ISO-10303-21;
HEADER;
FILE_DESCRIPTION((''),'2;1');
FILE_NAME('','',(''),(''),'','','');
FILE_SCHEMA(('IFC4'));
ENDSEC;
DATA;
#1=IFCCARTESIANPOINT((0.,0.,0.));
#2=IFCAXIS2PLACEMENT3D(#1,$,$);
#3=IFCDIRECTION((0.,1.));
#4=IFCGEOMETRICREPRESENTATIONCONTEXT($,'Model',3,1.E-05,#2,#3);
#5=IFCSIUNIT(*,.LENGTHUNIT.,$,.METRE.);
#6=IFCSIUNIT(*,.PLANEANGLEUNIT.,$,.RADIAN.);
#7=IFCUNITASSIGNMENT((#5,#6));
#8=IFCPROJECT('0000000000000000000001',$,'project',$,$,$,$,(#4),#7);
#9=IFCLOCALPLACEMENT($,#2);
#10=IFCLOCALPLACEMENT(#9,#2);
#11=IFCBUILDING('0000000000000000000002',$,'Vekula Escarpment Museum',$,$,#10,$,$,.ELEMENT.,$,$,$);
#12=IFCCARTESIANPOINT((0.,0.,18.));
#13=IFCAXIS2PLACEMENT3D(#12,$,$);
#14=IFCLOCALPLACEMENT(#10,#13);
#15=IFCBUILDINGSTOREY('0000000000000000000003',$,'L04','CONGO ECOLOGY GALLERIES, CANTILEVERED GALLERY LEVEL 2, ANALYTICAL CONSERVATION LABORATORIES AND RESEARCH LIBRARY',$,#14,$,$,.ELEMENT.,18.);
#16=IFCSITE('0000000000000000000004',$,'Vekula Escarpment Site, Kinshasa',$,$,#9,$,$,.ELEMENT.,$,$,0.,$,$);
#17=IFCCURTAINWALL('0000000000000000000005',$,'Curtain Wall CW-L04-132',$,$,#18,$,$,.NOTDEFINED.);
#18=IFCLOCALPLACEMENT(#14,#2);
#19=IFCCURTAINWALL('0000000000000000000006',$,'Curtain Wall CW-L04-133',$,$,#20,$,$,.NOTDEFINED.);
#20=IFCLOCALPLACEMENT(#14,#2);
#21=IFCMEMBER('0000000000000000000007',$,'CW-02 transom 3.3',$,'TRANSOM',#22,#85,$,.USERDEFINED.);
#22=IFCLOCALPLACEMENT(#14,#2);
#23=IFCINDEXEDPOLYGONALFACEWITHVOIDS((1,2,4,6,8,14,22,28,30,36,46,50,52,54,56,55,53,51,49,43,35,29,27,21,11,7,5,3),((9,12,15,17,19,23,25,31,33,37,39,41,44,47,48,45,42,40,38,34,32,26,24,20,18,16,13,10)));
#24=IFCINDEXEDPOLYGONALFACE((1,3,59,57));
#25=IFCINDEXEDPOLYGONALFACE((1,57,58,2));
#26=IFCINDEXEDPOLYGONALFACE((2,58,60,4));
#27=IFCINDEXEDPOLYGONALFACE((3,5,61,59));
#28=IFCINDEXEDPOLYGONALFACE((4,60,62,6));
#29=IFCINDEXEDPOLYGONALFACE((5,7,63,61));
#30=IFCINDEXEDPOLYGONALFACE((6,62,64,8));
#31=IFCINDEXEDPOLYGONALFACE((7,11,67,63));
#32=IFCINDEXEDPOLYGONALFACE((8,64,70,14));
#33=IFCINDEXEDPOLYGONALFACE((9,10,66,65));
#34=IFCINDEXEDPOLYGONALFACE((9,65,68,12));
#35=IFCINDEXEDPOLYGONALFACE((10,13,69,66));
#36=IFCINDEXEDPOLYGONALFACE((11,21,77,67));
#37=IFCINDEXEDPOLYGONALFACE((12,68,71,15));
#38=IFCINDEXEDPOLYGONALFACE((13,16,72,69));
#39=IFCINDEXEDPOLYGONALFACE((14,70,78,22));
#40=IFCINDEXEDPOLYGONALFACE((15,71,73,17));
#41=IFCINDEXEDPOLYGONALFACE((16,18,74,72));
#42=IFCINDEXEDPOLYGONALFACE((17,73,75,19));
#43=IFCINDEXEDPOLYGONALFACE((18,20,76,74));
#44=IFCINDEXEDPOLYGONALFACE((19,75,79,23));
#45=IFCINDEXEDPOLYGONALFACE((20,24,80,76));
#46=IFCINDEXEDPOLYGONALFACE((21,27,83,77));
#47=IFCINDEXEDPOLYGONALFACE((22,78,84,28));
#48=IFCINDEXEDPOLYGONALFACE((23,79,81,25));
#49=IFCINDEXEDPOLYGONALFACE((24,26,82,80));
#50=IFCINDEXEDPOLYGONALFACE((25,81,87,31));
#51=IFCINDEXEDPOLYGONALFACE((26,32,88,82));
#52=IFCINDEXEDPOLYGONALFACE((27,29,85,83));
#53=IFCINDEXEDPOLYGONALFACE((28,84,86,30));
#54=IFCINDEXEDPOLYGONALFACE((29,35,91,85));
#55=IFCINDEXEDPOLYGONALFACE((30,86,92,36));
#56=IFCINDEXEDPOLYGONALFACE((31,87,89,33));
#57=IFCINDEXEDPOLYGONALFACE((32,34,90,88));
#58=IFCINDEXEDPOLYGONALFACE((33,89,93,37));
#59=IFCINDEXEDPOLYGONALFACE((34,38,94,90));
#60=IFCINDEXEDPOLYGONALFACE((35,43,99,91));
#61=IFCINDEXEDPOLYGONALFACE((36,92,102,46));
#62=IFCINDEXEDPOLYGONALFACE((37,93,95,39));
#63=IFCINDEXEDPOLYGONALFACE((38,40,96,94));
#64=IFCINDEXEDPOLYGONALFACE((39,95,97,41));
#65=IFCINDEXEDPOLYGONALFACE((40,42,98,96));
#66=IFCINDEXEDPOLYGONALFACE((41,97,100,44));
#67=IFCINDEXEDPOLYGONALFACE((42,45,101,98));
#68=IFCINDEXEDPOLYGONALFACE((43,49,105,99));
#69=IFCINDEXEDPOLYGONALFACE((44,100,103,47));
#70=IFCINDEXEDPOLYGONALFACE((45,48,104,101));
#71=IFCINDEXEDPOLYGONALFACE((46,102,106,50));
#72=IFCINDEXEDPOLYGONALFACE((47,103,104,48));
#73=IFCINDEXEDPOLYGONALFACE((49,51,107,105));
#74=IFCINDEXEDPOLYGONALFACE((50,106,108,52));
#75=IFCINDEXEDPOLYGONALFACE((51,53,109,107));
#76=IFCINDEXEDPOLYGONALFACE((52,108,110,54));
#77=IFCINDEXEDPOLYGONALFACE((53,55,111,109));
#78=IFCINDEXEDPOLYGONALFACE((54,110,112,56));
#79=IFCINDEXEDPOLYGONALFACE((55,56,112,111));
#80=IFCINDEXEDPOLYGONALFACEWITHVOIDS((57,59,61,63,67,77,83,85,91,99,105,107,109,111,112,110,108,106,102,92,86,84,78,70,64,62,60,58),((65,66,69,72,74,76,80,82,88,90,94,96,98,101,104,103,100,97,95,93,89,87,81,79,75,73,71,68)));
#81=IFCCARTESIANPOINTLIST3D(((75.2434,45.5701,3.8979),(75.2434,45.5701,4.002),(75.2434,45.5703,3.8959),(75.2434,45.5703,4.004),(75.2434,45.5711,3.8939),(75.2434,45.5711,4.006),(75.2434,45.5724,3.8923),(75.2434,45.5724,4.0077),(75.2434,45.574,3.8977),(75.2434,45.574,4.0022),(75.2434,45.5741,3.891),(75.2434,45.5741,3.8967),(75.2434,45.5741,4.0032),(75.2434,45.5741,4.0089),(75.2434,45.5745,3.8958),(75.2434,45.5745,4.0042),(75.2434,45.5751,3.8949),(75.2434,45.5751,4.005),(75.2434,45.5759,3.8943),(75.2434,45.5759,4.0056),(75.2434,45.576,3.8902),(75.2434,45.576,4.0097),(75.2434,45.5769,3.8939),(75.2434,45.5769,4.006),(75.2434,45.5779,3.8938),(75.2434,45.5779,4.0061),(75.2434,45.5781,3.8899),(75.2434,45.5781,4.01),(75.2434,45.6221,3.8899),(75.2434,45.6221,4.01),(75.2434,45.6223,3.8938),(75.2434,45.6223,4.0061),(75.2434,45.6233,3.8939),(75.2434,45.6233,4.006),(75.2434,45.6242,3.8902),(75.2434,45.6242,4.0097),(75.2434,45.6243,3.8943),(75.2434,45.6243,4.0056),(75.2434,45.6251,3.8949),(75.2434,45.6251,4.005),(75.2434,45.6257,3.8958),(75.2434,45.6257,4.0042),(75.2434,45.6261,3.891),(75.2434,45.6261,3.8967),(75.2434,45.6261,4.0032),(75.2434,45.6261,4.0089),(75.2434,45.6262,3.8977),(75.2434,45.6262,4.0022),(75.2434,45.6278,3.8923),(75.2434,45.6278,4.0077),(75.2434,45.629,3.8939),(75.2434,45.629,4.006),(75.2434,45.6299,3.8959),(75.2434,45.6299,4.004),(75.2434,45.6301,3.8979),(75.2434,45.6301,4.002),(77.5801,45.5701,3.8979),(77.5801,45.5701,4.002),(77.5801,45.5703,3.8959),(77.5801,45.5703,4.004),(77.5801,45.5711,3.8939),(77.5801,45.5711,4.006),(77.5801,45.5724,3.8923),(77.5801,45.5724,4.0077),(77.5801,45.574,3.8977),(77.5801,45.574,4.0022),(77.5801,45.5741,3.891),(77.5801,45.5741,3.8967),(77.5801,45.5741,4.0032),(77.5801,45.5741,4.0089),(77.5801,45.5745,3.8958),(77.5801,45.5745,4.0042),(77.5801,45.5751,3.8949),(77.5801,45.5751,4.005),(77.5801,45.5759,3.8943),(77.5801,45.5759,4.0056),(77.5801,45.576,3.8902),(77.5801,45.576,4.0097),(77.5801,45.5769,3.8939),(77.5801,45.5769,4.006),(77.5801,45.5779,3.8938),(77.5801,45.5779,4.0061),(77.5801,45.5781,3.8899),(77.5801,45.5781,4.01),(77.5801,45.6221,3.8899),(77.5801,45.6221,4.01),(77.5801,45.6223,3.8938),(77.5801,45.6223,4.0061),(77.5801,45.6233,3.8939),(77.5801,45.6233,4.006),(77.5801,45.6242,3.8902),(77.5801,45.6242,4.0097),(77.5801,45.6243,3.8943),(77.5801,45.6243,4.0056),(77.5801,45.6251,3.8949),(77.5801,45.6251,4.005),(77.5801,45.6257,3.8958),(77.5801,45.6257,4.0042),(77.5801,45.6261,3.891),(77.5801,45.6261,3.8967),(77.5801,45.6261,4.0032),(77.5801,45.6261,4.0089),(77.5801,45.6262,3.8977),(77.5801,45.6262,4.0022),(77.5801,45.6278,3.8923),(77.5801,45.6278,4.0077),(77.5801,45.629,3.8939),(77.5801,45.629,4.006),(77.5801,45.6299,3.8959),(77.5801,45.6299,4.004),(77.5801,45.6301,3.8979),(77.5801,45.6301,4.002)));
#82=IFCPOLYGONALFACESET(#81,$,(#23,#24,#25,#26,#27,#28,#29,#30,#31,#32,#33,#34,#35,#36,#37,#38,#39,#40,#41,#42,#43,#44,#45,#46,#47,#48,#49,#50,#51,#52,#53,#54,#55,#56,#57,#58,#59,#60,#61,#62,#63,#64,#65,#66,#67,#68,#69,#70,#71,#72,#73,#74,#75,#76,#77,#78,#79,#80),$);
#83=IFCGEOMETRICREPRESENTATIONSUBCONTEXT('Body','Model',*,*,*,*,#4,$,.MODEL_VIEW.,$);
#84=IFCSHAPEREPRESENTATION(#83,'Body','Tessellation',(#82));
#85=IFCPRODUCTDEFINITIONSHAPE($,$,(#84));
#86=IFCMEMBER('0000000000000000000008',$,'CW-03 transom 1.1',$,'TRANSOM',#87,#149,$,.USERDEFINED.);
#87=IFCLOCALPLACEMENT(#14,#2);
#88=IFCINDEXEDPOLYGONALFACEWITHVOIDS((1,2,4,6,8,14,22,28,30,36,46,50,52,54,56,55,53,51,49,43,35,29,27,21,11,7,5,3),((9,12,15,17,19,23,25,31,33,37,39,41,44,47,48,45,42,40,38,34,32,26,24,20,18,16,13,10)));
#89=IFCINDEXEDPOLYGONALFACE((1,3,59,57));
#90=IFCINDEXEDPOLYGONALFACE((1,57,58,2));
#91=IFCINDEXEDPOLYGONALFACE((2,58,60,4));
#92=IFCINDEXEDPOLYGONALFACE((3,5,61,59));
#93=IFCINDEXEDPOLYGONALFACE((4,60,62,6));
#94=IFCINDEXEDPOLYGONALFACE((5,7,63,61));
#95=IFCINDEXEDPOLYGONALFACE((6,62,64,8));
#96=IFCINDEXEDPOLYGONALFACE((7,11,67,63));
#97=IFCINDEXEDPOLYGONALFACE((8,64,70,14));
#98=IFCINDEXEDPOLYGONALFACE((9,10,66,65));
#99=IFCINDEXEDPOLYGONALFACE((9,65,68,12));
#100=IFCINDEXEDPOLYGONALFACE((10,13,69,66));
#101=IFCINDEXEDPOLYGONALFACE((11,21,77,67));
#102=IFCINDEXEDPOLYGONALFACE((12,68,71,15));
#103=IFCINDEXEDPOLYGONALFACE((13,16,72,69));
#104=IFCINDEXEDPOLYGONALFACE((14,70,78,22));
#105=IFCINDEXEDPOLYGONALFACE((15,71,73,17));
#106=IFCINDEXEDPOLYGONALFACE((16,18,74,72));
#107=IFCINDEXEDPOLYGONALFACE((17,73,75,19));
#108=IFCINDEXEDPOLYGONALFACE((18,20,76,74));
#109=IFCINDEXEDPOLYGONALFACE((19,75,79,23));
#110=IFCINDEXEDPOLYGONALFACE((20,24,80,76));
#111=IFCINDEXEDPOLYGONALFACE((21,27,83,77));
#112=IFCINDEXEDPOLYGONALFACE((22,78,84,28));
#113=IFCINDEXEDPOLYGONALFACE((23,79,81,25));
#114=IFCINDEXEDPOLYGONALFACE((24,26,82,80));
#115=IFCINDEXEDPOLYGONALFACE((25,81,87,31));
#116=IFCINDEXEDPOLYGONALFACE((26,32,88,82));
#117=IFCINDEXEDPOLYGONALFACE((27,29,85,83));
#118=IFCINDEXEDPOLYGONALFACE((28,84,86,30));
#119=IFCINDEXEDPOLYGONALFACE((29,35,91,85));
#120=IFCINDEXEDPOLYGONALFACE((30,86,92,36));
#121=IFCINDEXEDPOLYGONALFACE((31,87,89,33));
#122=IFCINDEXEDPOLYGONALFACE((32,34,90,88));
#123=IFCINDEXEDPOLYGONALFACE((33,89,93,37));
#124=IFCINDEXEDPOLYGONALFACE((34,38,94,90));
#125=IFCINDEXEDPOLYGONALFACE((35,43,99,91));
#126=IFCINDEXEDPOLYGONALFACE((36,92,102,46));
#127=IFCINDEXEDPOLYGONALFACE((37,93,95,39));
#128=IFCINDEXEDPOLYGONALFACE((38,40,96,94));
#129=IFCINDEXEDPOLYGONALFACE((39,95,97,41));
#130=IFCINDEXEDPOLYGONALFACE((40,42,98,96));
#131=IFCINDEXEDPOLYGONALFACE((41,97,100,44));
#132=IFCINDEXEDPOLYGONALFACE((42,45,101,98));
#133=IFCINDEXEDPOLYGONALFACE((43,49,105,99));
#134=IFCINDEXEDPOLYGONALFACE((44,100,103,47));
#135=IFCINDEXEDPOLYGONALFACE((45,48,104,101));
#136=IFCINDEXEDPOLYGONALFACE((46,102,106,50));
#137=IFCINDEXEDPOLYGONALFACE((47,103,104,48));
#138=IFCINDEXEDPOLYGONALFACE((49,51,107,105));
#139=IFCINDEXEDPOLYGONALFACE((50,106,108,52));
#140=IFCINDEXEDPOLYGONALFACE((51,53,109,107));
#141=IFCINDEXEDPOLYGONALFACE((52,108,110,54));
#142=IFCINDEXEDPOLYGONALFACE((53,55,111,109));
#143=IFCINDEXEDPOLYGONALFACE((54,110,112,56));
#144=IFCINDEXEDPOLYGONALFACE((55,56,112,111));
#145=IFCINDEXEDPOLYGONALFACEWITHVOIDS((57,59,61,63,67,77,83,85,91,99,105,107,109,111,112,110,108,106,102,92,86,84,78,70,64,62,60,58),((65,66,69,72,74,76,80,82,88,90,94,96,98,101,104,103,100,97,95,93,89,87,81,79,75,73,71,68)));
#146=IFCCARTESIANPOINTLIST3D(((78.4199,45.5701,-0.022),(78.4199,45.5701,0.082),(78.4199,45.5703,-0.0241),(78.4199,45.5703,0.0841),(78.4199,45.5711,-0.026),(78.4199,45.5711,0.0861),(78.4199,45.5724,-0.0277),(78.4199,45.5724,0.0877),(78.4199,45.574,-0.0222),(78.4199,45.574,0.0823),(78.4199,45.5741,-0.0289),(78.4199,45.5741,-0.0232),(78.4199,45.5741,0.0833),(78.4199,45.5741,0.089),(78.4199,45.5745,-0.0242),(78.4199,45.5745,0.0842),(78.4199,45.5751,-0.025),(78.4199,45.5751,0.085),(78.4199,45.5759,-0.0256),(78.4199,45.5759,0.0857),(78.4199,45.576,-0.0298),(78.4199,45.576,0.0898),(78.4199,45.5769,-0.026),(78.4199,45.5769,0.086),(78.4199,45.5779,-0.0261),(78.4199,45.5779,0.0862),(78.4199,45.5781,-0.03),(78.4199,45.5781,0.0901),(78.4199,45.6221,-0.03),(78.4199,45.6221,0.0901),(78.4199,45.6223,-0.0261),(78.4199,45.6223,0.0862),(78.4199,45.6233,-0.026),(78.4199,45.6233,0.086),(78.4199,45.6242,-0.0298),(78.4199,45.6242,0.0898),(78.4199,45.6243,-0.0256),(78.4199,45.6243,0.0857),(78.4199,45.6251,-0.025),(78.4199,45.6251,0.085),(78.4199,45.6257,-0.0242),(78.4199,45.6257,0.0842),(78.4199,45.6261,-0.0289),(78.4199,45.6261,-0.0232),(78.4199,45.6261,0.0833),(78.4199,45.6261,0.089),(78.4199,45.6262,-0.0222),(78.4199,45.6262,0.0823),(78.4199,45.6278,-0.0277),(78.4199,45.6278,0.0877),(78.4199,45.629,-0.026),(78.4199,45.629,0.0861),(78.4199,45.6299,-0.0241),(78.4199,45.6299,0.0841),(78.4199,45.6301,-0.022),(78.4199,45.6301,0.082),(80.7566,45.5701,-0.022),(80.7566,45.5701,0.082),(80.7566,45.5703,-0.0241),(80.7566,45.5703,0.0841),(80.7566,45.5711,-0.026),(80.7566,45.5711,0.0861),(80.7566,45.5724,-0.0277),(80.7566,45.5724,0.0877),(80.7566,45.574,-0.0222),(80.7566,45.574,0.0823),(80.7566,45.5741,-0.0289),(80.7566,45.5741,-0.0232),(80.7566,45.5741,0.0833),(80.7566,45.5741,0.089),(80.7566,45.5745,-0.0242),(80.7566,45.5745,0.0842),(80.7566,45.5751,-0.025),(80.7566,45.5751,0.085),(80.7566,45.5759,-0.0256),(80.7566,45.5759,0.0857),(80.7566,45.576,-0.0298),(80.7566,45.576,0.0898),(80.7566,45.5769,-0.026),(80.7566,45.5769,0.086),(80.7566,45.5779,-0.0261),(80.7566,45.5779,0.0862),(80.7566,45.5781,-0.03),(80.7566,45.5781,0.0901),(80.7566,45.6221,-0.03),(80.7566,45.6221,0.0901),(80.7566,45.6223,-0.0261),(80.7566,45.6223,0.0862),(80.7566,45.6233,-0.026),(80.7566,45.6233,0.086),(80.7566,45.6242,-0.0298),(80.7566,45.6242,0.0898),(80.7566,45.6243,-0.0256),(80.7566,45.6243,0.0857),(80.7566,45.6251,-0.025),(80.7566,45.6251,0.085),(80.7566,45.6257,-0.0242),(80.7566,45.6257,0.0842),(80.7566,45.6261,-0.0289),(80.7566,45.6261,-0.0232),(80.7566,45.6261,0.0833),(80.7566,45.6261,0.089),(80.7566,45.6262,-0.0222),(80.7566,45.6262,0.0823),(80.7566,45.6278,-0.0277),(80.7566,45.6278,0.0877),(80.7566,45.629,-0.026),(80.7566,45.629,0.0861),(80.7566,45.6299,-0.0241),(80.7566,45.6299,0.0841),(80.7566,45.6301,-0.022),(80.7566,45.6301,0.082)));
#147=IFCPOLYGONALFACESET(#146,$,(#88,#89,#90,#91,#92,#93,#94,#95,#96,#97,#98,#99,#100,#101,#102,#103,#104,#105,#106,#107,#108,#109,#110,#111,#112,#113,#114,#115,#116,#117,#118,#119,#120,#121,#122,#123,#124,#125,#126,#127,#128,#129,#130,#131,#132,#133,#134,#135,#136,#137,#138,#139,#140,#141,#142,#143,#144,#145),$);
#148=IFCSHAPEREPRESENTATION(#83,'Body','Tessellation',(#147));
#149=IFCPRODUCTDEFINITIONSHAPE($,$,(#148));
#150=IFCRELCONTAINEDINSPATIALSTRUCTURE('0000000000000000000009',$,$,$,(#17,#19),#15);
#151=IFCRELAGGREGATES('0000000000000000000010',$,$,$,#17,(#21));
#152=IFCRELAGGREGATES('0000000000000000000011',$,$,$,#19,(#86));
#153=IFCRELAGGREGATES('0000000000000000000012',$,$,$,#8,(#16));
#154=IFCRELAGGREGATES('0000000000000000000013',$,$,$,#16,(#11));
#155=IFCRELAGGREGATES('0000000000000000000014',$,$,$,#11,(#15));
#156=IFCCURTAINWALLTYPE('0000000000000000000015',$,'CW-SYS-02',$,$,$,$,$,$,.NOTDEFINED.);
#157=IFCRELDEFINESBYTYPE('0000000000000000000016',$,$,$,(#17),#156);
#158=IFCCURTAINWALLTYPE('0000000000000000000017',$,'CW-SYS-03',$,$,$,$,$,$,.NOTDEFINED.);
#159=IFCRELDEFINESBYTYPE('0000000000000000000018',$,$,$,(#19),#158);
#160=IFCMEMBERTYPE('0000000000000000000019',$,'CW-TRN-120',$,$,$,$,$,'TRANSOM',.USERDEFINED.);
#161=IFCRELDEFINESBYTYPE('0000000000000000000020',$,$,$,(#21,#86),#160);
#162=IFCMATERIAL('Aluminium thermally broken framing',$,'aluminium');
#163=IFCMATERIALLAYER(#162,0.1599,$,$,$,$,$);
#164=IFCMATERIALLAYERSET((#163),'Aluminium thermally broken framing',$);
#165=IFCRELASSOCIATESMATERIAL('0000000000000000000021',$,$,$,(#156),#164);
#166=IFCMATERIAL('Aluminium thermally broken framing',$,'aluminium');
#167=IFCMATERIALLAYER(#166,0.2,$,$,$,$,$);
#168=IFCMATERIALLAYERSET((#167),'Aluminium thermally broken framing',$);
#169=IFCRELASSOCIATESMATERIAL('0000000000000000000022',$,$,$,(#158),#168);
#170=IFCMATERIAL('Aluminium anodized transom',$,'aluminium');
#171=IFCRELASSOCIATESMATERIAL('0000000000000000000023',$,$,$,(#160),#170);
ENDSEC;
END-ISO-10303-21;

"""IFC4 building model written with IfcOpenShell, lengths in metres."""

from ifc_helpers import new_model, si_unit, direction, frame, origin, origin_2d, place, context, subcontext, project, spatial, hollow_rectangle, extrude, material, layer, layer_set, material_profile, profile_set, type_object, element, aggregate, save


model = new_model("IFC4")

# Units and contexts
model_context = context("Model", 3, precision=1e-05, world=origin(), true_north=direction((0.0, 1.0)))
body_context = subcontext(model_context, "Body", "Model", "MODEL_VIEW")
ifc_project = project(units=[si_unit("LENGTHUNIT", "METRE"), si_unit("PLANEANGLEUNIT", "RADIAN")], contexts=[model_context])

# Site, building, storey
site_placement = place(None, origin())
site = spatial("IfcSite", under=ifc_project, at=site_placement, Name="Vekula Escarpment Site, Kinshasa", CompositionType="ELEMENT", RefElevation=0.0)
building_placement = place(site_placement, origin())
building = spatial("IfcBuilding", under=site, at=building_placement, Name="Vekula Escarpment Museum", CompositionType="ELEMENT")
storey_placement = place(building_placement, frame((0.0, 0.0, 18.0)))
storey = spatial("IfcBuildingStorey", under=building, at=storey_placement, Name="L04", Description="CONGO ECOLOGY GALLERIES, CANTILEVERED GALLERY LEVEL 2, ANALYTICAL CONSERVATION LABORATORIES AND RESEARCH LIBRARY", CompositionType="ELEMENT", Elevation=18.0)

# Curtain wall
ifc_material_1 = material(Name="Aluminium thermally broken framing", Category="aluminium")
ifc_layer_1 = layer(ifc_material_1, 0.1599)
ifc_layer_set_1 = layer_set([ifc_layer_1], Name="Aluminium thermally broken framing")
curtain_wall_type_1 = type_object("IfcCurtainWallType", Name="CW-SYS-02", PredefinedType="NOTDEFINED", material=ifc_layer_set_1)
curtain_wall_1_placement = place(storey_placement, origin())
curtain_wall_1 = element("IfcCurtainWall", 1, at=curtain_wall_1_placement, inside=storey, type_object=curtain_wall_type_1, Name="Curtain Wall CW-L04-132", PredefinedType="NOTDEFINED")

# Curtain wall
ifc_material_2 = material(Name="Aluminium thermally broken framing", Category="aluminium")
ifc_layer_2 = layer(ifc_material_2, 0.2)
ifc_layer_set_2 = layer_set([ifc_layer_2], Name="Aluminium thermally broken framing")
curtain_wall_type_2 = type_object("IfcCurtainWallType", Name="CW-SYS-03", PredefinedType="NOTDEFINED", material=ifc_layer_set_2)
curtain_wall_2_placement = place(storey_placement, origin())
curtain_wall_2 = element("IfcCurtainWall", 2, at=curtain_wall_2_placement, inside=storey, type_object=curtain_wall_type_2, Name="Curtain Wall CW-L04-133", PredefinedType="NOTDEFINED")

# Members
ifc_material_3 = material(Name="Aluminium anodized transom", Category="aluminium")
ifc_material_profile_1 = material_profile(ifc_material_3, hollow_rectangle(XDim=0.0601, YDim=0.1201, WallThickness=0.0039, InnerFilletRadius=0.0039, OuterFilletRadius=0.0081, at=origin_2d()), Name="ALU 120x60x4")
ifc_profile_set_1 = profile_set([ifc_material_profile_1], Name="Aluminium anodized transom")
member_type_1 = type_object("IfcMemberType", Name="CW-TRN-120", ElementType="TRANSOM", PredefinedType="USERDEFINED", material=ifc_profile_set_1)
member_1_placement = place(storey_placement, frame((75.2434, 45.6001, 3.95), z_axis=(1.0, 0.0, 0.0), x_axis=(0.0, 1.0, 0.0)))
member_1 = element("IfcMember", 3, at=member_1_placement, type_object=member_type_1, Name="CW-02 transom 3.3", ObjectType="TRANSOM", PredefinedType="USERDEFINED", context=body_context, shape_type="SweptSolid", body=[
    extrude(hollow_rectangle(XDim=0.0601, YDim=0.1201, WallThickness=0.0039, InnerFilletRadius=0.0039, OuterFilletRadius=0.0081, at=origin_2d()), origin(), (0.0, 0.0, 1.0), 2.3367),
])
member_2_placement = place(storey_placement, frame((78.4199, 45.6001, 0.03), z_axis=(1.0, 0.0, 0.0), x_axis=(0.0, 1.0, 0.0)))
member_2 = element("IfcMember", 4, at=member_2_placement, type_object=member_type_1, Name="CW-03 transom 1.1", ObjectType="TRANSOM", PredefinedType="USERDEFINED", context=body_context, shape_type="SweptSolid", body=[
    extrude(hollow_rectangle(XDim=0.0601, YDim=0.1201, WallThickness=0.0039, InnerFilletRadius=0.0039, OuterFilletRadius=0.0081, at=origin_2d()), origin(), (0.0, 0.0, 1.0), 2.3367),
])

aggregate(curtain_wall_1, [member_1])
aggregate(curtain_wall_2, [member_2])

save(model, "model.ifc")
